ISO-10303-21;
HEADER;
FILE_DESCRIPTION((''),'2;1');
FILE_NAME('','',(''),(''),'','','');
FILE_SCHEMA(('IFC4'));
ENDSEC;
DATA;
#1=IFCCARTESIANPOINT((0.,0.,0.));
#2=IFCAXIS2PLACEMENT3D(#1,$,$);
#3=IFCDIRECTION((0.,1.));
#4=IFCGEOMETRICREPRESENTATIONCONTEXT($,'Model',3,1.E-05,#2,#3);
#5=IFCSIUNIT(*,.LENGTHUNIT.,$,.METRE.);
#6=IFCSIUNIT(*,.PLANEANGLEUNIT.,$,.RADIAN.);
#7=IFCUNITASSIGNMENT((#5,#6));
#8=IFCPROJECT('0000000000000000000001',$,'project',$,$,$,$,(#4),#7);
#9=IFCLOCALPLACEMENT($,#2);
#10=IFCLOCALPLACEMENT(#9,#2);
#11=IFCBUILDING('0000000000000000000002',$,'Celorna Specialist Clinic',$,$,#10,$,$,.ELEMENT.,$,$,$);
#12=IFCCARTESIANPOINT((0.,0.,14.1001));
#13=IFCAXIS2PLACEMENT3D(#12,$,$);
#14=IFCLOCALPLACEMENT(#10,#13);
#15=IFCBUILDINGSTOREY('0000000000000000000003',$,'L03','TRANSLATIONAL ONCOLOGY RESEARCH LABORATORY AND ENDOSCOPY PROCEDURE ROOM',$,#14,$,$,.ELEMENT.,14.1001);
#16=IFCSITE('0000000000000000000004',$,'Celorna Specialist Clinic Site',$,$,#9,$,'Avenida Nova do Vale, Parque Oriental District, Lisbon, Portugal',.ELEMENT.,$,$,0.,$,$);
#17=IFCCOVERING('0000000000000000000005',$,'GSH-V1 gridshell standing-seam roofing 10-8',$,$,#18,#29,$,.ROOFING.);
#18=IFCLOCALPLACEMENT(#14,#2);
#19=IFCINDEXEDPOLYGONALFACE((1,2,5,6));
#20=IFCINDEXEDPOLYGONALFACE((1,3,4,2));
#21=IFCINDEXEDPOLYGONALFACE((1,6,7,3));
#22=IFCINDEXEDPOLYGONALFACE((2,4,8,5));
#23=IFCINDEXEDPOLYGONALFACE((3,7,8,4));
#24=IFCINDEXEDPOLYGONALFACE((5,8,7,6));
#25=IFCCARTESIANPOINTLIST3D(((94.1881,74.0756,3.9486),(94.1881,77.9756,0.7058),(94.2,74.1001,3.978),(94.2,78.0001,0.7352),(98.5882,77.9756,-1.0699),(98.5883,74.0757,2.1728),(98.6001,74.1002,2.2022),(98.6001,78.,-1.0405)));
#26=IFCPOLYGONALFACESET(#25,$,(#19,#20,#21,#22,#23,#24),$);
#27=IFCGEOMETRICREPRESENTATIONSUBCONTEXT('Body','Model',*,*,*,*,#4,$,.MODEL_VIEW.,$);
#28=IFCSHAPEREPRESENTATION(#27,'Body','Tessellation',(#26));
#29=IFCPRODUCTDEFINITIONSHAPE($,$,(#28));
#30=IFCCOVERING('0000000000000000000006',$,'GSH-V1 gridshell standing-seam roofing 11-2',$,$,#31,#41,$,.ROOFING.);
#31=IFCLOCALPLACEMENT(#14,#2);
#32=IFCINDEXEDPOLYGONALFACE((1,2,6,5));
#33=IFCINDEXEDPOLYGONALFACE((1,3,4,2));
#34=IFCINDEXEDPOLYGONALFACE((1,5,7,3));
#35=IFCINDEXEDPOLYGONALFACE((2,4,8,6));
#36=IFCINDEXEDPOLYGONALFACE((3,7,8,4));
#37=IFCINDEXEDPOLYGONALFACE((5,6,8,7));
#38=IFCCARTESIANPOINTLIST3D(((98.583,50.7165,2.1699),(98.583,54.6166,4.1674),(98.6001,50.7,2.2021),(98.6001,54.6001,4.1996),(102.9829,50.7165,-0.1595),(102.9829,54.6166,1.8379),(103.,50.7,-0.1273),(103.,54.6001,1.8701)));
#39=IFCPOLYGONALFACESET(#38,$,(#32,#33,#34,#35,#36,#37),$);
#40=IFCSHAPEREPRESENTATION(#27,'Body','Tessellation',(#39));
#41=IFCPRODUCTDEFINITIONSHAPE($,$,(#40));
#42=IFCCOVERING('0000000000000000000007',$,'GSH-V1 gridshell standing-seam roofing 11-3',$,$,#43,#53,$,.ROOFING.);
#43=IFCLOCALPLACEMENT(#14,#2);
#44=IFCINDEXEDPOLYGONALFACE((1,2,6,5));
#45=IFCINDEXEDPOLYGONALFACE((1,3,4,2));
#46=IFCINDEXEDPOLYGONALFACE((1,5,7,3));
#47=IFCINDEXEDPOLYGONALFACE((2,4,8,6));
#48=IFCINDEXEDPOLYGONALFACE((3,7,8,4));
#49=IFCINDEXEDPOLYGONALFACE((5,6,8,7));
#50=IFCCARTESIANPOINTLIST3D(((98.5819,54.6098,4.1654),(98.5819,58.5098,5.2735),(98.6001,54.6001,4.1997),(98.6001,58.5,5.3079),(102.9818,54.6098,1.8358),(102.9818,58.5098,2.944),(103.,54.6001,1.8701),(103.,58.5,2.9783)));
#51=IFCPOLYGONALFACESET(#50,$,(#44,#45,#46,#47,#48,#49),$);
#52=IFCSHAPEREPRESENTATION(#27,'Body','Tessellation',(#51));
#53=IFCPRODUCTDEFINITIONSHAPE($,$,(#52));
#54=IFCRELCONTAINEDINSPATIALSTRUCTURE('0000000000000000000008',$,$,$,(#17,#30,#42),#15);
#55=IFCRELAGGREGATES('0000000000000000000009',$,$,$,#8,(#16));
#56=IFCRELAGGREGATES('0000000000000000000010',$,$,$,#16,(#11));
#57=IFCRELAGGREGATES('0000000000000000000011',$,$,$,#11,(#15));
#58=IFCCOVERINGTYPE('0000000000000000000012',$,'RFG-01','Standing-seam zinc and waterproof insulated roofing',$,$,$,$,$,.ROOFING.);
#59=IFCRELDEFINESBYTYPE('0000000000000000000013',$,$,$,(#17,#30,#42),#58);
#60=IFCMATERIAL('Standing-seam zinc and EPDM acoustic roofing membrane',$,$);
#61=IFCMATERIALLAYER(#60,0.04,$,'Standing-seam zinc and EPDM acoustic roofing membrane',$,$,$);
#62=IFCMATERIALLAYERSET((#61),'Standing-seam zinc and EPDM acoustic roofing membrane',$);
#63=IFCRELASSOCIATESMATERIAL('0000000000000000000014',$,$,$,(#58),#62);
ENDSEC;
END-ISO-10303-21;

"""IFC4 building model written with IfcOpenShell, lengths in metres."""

from ifc_helpers import new_model, si_unit, direction, frame, origin, place, context, subcontext, project, spatial, polyline, outline, extrude, material, layer, layer_set, type_object, element, save


model = new_model("IFC4")

# Units and contexts
model_context = context("Model", 3, precision=1e-05, world=origin(), true_north=direction((0.0, 1.0)))
body_context = subcontext(model_context, "Body", "Model", "MODEL_VIEW")
ifc_project = project(units=[si_unit("LENGTHUNIT", "METRE"), si_unit("PLANEANGLEUNIT", "RADIAN")], contexts=[model_context])

# Site, building, storey
site_placement = place(None, origin())
site = spatial("IfcSite", under=ifc_project, at=site_placement, Name="Celorna Specialist Clinic Site", LongName="Avenida Nova do Vale, Parque Oriental District, Lisbon, Portugal", CompositionType="ELEMENT", RefElevation=0.0)
building_placement = place(site_placement, origin())
building = spatial("IfcBuilding", under=site, at=building_placement, Name="Celorna Specialist Clinic", CompositionType="ELEMENT")
storey_placement = place(building_placement, frame((0.0, 0.0, 14.1001)))
storey = spatial("IfcBuildingStorey", under=building, at=storey_placement, Name="L03", Description="TRANSLATIONAL ONCOLOGY RESEARCH LABORATORY AND ENDOSCOPY PROCEDURE ROOM", CompositionType="ELEMENT", Elevation=14.1001)

# Coverings
ifc_material_1 = material(Name="Standing-seam zinc and EPDM acoustic roofing membrane")
ifc_layer_1 = layer(ifc_material_1, 0.04, Name="Standing-seam zinc and EPDM acoustic roofing membrane")
ifc_layer_set_1 = layer_set([ifc_layer_1], Name="Standing-seam zinc and EPDM acoustic roofing membrane")
covering_type_1 = type_object("IfcCoveringType", Name="RFG-01", Description="Standing-seam zinc and waterproof insulated roofing", PredefinedType="ROOFING", material=ifc_layer_set_1)
covering_1_placement = place(storey_placement, frame((94.2, 74.1001, 3.978), z_axis=(0.296367, 0.610632, 0.734367), x_axis=(0.927328, 0.000012, -0.374249)))
element("IfcCovering", 1, at=covering_1_placement, inside=storey, type_object=covering_type_1, Name="GSH-V1 gridshell standing-seam roofing 10-8", PredefinedType="ROOFING", context=body_context, shape_type="SweptSolid", body=[
    extrude(outline(polyline([(0.0, 0.0), (4.745, 0.0), (5.9586, 4.9246), (1.2137, 4.9247), (0.0, 0.0)])), origin(), (0.0, 0.0, -1.0), 0.04),
])
covering_2_placement = place(storey_placement, frame((98.6001, 50.7, 2.2021), z_axis=(0.426273, -0.41235, 0.805145), x_axis=(0.883781, 0.000008, -0.467901)))
element("IfcCovering", 2, at=covering_2_placement, inside=storey, type_object=covering_type_1, Name="GSH-V1 gridshell standing-seam roofing 11-2", PredefinedType="ROOFING", context=body_context, shape_type="SweptSolid", body=[
    extrude(outline(polyline([(0.0, 0.0), (4.9785, 0.0), (4.0439, 4.281), (-0.9346, 4.2811), (0.0, 0.0)])), origin(), (0.0, 0.0, -1.0), 0.04),
])
covering_3_placement = place(storey_placement, frame((98.6001, 54.6001, 4.1997), z_axis=(0.453833, -0.24356, 0.857155), x_axis=(0.883769, 0.0, -0.467924)))
element("IfcCovering", 3, at=covering_3_placement, inside=storey, type_object=covering_type_1, Name="GSH-V1 gridshell standing-seam roofing 11-3", PredefinedType="ROOFING", context=body_context, shape_type="SweptSolid", body=[
    extrude(outline(polyline([(0.0, 0.0), (4.9786, 0.0), (4.46, 4.021), (-0.5185, 4.021), (0.0, 0.0)])), origin(), (0.0, 0.0, -1.0), 0.04),
])

save(model, "model.ifc")
